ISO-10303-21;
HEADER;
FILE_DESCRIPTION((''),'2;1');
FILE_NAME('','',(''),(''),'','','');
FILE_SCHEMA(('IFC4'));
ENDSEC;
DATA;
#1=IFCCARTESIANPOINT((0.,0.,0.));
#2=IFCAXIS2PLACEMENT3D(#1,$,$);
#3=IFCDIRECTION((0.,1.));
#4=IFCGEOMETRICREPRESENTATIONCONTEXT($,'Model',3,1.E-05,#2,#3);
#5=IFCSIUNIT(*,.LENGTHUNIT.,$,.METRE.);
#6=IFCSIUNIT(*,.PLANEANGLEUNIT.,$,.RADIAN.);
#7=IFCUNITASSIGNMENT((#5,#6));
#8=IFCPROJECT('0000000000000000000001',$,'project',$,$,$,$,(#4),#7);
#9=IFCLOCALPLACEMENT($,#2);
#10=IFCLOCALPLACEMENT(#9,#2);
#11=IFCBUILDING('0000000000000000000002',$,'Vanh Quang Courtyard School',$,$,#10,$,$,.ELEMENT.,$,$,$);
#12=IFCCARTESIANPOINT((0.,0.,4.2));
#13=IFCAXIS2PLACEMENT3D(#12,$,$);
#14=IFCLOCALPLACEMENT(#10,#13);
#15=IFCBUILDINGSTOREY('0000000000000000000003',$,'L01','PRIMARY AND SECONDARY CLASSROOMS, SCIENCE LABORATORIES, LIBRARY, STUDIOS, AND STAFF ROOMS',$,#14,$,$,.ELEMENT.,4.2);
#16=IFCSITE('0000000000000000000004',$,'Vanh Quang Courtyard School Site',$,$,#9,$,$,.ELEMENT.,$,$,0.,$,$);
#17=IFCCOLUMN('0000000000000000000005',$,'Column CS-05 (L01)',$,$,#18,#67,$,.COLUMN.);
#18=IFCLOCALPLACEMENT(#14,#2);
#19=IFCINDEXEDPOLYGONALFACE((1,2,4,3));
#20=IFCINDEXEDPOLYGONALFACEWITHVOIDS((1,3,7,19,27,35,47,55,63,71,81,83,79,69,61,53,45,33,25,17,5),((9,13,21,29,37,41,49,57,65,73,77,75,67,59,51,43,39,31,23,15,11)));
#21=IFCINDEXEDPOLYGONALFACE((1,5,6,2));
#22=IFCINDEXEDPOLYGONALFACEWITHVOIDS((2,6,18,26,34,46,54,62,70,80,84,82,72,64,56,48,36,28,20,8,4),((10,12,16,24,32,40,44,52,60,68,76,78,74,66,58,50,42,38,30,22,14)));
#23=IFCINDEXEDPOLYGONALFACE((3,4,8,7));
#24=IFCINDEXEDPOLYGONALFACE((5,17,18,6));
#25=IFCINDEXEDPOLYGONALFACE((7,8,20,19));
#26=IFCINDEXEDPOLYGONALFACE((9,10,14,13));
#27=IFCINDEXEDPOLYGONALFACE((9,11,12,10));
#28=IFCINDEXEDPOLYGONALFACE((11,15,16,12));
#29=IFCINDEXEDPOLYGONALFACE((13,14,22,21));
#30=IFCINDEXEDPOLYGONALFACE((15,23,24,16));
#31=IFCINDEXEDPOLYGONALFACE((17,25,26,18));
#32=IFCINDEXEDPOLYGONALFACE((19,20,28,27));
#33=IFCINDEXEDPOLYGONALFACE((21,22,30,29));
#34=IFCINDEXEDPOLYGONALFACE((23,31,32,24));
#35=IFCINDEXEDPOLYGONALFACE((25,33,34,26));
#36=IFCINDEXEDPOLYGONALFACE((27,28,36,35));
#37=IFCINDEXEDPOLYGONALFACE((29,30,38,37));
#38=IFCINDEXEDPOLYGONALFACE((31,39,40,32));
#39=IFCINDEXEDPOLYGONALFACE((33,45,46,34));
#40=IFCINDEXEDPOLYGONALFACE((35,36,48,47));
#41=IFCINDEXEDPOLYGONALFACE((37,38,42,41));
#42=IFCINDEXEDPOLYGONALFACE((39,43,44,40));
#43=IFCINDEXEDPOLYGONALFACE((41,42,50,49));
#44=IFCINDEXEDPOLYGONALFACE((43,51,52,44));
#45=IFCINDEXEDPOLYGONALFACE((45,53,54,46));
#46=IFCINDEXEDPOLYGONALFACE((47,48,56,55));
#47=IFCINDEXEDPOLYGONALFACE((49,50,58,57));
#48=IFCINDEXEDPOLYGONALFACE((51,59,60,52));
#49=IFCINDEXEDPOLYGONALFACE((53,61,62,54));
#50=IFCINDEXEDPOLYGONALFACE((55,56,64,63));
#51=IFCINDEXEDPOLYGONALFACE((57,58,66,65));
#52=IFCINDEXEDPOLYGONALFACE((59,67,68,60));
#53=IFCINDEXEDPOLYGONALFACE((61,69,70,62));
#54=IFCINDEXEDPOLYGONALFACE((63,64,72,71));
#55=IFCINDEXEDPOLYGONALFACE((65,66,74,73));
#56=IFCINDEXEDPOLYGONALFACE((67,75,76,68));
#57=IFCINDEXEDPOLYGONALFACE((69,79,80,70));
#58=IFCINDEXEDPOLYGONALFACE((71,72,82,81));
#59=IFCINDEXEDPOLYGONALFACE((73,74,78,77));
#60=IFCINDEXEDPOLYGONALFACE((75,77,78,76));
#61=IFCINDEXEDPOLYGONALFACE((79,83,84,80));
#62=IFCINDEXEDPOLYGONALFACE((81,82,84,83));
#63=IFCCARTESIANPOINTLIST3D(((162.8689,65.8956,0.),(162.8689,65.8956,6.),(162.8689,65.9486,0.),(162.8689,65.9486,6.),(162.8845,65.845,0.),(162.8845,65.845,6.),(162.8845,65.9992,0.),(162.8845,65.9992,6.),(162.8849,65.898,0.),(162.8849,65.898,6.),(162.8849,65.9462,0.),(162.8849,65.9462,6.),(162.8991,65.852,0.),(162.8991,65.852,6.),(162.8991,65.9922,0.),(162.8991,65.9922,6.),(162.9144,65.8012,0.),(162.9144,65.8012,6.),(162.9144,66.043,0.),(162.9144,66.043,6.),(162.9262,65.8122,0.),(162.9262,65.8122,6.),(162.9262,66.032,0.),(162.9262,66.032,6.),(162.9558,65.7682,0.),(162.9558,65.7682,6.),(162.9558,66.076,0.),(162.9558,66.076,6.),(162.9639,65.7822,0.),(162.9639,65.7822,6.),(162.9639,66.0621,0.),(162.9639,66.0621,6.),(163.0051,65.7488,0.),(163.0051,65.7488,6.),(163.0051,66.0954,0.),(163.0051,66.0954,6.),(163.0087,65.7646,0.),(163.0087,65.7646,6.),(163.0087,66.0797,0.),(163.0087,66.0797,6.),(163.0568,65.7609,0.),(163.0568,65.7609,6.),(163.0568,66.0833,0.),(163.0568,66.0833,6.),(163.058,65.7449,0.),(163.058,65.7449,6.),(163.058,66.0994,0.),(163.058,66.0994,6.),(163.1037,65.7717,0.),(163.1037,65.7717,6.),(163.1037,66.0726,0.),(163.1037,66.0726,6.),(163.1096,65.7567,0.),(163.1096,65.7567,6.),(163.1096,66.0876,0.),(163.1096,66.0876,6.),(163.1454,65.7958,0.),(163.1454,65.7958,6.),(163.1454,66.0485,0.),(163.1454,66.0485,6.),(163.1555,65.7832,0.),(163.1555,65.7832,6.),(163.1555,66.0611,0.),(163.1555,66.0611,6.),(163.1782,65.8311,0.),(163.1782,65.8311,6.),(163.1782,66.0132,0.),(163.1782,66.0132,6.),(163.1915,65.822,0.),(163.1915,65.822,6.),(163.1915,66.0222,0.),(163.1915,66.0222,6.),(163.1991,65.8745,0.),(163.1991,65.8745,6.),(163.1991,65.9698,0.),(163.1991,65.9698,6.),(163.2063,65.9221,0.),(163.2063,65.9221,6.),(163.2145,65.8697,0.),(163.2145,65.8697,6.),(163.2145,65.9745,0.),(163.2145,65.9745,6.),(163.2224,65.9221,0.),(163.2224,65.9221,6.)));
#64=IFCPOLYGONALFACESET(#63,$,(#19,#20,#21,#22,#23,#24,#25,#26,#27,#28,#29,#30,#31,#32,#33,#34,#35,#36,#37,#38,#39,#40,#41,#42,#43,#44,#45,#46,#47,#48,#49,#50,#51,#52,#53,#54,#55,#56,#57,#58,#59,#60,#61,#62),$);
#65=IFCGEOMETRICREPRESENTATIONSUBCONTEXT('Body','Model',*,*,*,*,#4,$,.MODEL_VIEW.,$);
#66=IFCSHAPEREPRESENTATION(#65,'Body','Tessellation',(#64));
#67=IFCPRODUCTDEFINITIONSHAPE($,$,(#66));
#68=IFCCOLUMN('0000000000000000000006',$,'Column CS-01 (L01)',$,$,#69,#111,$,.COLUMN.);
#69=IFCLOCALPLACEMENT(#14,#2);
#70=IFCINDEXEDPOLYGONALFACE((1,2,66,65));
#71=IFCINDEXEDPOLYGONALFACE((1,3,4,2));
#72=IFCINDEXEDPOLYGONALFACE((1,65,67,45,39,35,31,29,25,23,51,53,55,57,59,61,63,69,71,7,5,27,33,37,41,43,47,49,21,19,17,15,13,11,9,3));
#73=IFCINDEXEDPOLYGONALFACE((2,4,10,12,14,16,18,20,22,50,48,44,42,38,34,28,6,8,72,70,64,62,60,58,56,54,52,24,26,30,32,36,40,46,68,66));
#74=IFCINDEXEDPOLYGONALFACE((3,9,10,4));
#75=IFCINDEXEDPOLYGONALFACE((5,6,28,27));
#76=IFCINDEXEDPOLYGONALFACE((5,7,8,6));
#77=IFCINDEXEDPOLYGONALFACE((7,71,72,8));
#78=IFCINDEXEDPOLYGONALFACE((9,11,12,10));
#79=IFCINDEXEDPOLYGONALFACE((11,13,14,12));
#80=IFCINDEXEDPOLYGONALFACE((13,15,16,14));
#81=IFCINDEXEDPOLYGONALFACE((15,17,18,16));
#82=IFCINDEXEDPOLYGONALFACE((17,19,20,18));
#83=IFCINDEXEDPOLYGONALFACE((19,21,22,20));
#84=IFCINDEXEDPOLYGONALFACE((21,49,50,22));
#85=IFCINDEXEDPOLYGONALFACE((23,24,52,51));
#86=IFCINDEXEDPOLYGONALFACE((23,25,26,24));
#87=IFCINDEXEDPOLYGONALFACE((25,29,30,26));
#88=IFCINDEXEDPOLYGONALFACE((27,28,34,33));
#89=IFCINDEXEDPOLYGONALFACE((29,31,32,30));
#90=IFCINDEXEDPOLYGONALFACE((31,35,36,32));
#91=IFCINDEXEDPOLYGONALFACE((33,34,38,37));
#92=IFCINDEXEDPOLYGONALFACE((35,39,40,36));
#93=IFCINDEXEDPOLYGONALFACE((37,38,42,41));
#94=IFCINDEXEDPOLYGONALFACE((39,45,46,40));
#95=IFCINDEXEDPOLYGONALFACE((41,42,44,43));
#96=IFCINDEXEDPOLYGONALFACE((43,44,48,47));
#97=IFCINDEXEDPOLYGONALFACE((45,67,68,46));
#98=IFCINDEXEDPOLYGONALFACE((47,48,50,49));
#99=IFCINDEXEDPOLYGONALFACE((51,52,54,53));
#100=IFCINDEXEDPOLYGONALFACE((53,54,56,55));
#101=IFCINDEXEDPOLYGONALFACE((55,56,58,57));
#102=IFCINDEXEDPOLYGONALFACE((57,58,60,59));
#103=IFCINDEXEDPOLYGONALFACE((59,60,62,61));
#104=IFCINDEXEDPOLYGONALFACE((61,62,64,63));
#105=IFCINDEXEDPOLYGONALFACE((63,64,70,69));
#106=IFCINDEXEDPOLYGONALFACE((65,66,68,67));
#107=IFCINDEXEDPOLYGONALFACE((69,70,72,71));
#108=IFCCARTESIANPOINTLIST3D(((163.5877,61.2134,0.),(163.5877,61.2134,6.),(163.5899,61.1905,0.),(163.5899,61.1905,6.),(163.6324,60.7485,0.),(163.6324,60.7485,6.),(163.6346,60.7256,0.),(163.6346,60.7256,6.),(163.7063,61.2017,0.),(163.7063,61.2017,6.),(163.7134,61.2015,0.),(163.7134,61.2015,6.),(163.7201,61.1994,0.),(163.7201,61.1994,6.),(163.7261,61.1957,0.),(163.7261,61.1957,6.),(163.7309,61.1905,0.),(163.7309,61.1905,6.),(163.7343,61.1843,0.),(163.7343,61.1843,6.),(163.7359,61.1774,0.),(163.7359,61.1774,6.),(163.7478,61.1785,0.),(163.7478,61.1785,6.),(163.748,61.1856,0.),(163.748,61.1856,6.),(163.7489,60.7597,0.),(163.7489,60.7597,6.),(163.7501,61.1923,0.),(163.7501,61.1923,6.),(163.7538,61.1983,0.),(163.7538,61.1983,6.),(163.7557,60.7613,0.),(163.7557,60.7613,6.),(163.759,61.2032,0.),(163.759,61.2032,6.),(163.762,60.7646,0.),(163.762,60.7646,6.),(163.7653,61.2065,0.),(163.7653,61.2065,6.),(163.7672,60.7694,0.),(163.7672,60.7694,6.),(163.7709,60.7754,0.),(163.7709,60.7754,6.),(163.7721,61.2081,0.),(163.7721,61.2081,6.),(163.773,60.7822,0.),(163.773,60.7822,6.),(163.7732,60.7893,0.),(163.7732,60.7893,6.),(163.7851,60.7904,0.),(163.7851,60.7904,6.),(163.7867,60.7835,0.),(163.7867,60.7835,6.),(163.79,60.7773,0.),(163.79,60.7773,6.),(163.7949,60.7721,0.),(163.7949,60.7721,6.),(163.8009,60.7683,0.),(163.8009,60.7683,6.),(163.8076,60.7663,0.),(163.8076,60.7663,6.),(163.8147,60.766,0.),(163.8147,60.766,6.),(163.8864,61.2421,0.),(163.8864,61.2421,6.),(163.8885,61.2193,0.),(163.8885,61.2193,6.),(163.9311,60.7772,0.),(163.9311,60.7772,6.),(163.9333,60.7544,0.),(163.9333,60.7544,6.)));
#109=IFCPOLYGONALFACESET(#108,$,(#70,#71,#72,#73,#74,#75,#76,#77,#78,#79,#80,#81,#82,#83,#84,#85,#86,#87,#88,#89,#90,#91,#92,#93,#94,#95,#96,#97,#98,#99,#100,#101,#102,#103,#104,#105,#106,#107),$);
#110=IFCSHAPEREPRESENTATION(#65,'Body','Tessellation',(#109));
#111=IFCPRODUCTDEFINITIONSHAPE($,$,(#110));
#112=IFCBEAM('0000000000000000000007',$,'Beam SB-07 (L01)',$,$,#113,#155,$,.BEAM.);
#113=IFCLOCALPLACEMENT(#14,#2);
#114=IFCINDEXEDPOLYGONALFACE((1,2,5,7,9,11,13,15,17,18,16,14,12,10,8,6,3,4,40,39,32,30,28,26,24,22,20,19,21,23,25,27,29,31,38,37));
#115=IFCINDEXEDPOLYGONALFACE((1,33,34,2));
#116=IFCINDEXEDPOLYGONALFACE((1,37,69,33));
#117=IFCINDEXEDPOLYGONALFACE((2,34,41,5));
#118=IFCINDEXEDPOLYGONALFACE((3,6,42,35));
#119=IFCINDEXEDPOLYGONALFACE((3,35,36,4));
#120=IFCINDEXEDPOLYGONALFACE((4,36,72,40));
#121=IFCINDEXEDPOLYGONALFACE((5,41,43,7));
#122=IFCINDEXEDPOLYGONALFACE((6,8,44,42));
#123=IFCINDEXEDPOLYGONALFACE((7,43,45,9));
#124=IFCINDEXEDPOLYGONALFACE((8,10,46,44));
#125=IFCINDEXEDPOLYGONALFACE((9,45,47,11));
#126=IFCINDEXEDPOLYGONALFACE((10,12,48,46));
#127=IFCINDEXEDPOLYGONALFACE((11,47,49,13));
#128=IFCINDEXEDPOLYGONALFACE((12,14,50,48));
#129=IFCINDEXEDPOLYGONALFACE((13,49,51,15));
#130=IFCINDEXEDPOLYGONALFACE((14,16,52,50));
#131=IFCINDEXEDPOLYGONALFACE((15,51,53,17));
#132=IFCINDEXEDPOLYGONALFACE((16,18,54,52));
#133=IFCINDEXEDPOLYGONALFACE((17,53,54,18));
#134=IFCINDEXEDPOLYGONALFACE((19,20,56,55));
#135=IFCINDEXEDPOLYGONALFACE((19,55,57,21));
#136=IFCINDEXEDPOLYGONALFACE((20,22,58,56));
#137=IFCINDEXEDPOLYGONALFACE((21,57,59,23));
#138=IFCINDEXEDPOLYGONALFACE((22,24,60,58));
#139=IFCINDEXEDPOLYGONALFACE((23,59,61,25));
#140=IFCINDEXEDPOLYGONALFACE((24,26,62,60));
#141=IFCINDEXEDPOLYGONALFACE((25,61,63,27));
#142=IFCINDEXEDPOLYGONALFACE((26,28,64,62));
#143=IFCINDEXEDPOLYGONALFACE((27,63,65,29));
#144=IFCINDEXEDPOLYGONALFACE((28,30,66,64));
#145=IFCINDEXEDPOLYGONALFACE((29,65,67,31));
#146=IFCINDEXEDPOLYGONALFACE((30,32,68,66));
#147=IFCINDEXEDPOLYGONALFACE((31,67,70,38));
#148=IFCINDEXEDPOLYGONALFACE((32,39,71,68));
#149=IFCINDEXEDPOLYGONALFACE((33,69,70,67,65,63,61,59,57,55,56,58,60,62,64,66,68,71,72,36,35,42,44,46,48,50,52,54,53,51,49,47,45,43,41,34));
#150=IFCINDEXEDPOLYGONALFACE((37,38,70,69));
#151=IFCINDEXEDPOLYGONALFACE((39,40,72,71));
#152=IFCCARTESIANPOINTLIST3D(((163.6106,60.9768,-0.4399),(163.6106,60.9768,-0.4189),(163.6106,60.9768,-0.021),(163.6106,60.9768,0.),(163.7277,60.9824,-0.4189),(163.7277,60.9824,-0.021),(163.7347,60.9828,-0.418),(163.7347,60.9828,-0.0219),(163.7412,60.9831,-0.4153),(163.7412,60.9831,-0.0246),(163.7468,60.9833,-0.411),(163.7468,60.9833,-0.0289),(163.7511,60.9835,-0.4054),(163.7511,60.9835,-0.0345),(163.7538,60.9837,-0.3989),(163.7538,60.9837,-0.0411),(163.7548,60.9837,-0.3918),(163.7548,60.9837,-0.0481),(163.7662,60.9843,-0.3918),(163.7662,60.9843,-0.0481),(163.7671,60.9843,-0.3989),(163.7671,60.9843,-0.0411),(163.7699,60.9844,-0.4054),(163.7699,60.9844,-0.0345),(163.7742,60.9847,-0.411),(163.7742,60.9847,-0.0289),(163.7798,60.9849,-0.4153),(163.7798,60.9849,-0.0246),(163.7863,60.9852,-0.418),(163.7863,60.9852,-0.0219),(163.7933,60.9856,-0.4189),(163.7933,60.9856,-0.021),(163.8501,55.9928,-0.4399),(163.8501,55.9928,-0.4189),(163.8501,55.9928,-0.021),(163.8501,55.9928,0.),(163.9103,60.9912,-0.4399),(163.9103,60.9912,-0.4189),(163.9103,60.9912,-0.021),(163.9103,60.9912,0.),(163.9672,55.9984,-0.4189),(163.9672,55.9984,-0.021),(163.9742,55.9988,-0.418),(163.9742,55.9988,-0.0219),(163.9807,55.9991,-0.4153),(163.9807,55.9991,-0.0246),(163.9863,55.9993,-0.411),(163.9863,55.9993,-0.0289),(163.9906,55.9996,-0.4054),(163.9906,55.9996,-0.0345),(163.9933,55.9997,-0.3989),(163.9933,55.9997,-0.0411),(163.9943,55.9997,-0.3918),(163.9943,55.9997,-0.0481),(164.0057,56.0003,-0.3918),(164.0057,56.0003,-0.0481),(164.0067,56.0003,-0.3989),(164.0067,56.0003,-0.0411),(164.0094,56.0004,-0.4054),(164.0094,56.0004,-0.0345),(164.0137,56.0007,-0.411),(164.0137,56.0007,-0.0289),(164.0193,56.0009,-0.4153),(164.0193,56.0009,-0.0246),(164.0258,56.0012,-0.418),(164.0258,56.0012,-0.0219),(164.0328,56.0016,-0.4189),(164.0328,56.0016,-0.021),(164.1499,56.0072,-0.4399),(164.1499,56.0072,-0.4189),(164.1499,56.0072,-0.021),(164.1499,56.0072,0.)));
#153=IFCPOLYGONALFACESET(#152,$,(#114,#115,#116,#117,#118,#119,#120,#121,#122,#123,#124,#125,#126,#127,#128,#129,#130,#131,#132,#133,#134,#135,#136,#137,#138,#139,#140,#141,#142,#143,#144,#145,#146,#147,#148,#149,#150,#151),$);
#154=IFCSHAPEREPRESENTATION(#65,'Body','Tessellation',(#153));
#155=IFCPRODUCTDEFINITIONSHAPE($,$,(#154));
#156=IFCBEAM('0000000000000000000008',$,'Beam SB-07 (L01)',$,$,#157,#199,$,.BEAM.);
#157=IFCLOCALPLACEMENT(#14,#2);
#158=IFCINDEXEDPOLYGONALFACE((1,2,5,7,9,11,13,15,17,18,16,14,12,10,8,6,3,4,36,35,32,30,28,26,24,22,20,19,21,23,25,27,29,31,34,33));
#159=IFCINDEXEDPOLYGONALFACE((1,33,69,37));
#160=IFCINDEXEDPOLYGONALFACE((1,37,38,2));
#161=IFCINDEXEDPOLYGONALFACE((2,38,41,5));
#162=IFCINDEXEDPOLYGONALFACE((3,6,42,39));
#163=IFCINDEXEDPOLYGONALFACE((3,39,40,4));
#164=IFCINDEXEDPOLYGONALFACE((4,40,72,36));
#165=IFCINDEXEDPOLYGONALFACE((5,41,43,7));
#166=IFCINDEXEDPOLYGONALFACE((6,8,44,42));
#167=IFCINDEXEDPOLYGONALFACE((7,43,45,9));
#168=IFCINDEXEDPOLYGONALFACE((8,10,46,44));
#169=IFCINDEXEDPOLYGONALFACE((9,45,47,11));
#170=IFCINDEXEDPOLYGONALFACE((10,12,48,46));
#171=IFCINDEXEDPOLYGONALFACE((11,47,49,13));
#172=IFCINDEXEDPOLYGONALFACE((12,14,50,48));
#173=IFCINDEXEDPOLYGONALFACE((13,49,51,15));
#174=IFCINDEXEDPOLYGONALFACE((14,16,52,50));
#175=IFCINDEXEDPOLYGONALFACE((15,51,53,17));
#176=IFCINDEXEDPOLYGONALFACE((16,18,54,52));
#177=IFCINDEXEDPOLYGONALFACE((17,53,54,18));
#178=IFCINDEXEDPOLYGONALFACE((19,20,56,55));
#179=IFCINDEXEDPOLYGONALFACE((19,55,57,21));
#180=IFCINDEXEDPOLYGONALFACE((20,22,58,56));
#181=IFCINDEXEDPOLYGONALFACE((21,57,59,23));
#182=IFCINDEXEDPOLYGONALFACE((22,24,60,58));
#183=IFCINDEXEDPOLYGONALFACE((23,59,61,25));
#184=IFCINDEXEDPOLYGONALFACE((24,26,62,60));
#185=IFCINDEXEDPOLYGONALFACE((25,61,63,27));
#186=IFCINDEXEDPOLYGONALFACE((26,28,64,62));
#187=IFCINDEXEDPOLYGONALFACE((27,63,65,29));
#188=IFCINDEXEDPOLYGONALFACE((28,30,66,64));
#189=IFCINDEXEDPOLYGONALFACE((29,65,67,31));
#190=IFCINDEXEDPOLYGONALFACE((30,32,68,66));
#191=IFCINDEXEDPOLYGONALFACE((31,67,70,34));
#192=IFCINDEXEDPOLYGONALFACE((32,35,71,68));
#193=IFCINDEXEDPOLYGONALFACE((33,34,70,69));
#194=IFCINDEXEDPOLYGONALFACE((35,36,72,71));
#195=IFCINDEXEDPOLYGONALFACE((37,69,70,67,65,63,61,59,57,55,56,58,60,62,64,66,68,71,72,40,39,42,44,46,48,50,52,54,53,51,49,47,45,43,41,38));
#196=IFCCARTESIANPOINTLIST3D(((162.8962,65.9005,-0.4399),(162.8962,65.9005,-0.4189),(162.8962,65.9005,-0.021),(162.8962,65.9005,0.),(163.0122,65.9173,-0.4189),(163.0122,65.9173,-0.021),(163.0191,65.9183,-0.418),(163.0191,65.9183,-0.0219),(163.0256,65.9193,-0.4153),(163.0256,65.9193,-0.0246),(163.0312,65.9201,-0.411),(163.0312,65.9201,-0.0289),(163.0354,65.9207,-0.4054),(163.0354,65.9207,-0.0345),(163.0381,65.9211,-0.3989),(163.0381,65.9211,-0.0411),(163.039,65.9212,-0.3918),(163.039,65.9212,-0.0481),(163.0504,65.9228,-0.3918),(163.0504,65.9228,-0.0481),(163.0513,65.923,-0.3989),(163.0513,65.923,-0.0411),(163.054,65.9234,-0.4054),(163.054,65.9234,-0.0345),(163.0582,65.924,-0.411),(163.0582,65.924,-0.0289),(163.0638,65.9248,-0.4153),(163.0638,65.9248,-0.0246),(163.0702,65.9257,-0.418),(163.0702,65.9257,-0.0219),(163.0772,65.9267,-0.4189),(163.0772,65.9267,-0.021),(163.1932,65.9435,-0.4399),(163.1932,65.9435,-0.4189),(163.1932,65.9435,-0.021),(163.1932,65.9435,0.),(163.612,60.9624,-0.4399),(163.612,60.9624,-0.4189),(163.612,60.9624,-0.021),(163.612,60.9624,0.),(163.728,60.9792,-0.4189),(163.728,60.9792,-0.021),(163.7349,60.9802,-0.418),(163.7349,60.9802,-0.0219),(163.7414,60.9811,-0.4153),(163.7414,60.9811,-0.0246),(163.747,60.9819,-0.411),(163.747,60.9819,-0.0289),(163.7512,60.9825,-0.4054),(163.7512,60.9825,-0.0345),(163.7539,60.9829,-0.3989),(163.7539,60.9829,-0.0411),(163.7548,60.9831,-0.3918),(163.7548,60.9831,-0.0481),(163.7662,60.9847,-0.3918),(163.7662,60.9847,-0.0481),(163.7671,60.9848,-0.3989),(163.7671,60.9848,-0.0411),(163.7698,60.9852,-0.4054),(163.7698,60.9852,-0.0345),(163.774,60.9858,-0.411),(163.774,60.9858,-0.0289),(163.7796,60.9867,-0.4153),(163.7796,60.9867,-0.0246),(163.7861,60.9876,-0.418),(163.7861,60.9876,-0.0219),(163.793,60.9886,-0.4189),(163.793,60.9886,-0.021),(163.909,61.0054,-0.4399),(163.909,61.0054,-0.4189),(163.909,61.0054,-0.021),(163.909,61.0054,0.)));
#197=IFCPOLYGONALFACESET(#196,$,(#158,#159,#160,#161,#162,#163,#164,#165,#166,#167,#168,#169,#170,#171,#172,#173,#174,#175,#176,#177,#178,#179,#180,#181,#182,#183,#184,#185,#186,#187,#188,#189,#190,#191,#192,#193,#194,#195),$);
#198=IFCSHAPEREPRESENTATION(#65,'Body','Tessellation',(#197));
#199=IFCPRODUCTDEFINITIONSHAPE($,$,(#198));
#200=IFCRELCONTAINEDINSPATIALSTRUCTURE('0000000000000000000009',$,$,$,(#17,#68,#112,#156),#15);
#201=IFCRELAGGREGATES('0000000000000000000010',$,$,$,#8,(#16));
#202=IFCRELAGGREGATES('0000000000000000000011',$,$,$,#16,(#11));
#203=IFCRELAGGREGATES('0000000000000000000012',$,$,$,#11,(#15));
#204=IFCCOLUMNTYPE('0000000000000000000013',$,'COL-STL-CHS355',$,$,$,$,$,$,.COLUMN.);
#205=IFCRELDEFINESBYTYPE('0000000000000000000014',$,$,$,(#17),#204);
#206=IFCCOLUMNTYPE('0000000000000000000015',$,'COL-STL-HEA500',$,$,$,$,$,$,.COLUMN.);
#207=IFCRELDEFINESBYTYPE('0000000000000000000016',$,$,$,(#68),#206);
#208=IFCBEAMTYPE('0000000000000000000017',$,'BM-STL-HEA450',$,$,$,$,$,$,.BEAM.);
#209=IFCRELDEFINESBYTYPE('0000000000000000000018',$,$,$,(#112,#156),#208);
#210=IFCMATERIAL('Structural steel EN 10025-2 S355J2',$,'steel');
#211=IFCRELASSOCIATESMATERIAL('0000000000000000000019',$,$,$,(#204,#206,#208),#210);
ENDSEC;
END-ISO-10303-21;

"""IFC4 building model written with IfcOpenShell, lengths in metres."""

from ifc_helpers import new_model, si_unit, direction, frame, origin, origin_2d, place, context, subcontext, project, spatial, hollow_circle, i_section, extrude, material, material_profile, profile_set, type_object, element, save


model = new_model("IFC4")

# Units and contexts
model_context = context("Model", 3, precision=1e-05, world=origin(), true_north=direction((0.0, 1.0)))
body_context = subcontext(model_context, "Body", "Model", "MODEL_VIEW")
ifc_project = project(units=[si_unit("LENGTHUNIT", "METRE"), si_unit("PLANEANGLEUNIT", "RADIAN")], contexts=[model_context])

# Site, building, storey
site_placement = place(None, origin())
site = spatial("IfcSite", under=ifc_project, at=site_placement, Name="Vanh Quang Courtyard School Site", CompositionType="ELEMENT", RefElevation=0.0)
building_placement = place(site_placement, origin())
building = spatial("IfcBuilding", under=site, at=building_placement, Name="Vanh Quang Courtyard School", CompositionType="ELEMENT")
storey_placement = place(building_placement, frame((0.0, 0.0, 4.2)))
storey = spatial("IfcBuildingStorey", under=building, at=storey_placement, Name="L01", Description="PRIMARY AND SECONDARY CLASSROOMS, SCIENCE LABORATORIES, LIBRARY, STUDIOS, AND STAFF ROOMS", CompositionType="ELEMENT", Elevation=4.2)

# Columns
ifc_material_1 = material(Name="Structural steel EN 10025-2 S355J2", Category="steel")
ifc_material_profile_1 = material_profile(ifc_material_1, hollow_circle(Radius=0.1777, WallThickness=0.0161, at=origin_2d()), Name="CHS 355.6x16")
ifc_profile_set_1 = profile_set([ifc_material_profile_1], Name="Structural steel EN 10025-2 S355J2")
column_type_1 = type_object("IfcColumnType", Name="COL-STL-CHS355", PredefinedType="COLUMN", material=ifc_profile_set_1)
column_1_placement = place(storey_placement, frame((163.0447, 65.9221, 0.0), z_axis=(0.0, 0.0, 1.0), x_axis=(1.0, 0.0, 0.0)))
element("IfcColumn", 1, at=column_1_placement, inside=storey, type_object=column_type_1, Name="Column CS-05 (L01)", PredefinedType="COLUMN", context=body_context, shape_type="SweptSolid", body=[
    extrude(hollow_circle(Radius=0.1777, WallThickness=0.0161, at=origin_2d()), origin(), (0.0, 0.0, 1.0), 6.0),
])
ifc_material_profile_2 = material_profile(ifc_material_1, i_section(OverallWidth=0.3, OverallDepth=0.49, WebThickness=0.012, FlangeThickness=0.0229, FilletRadius=0.0271, at=origin_2d()), Name="HEA 500")
ifc_profile_set_2 = profile_set([ifc_material_profile_2], Name="Structural steel EN 10025-2 S355J2")
column_type_2 = type_object("IfcColumnType", Name="COL-STL-HEA500", PredefinedType="COLUMN", material=ifc_profile_set_2)
column_2_placement = place(storey_placement, frame((163.7605, 60.9839, 0.0), z_axis=(0.0, 0.0, 1.0), x_axis=(0.995396, 0.095846, 0.0)))
element("IfcColumn", 2, at=column_2_placement, inside=storey, type_object=column_type_2, Name="Column CS-01 (L01)", PredefinedType="COLUMN", context=body_context, shape_type="SweptSolid", body=[
    extrude(i_section(OverallWidth=0.3, OverallDepth=0.49, WebThickness=0.012, FlangeThickness=0.0229, FilletRadius=0.0271, at=origin_2d()), origin(), (0.0, 0.0, 1.0), 6.0),
])

# Beams
ifc_material_profile_3 = material_profile(ifc_material_1, i_section(OverallWidth=0.3, OverallDepth=0.4399, WebThickness=0.0115, FlangeThickness=0.021, FilletRadius=0.0271, at=origin_2d()), Name="HEA 450")
ifc_profile_set_3 = profile_set([ifc_material_profile_3], Name="Structural steel EN 10025-2 S355J2")
beam_type_1 = type_object("IfcBeamType", Name="BM-STL-HEA450", PredefinedType="BEAM", material=ifc_profile_set_3)
for number, where, z_axis, x_axis, name in (
    (3, (164.0, 56.0, -0.22), (-0.048, 0.998847, 0.0), (-0.998847, -0.048, 0.0), "Beam SB-07 (L01)"),
    (4, (163.7605, 60.9839, -0.22), (-0.143455, 0.989657, 0.0), (-0.989657, -0.143455, 0.0), "Beam SB-07 (L01)"),
):
    element("IfcBeam", number, at=place(storey_placement, frame(where, z_axis=z_axis, x_axis=x_axis)), inside=storey, type_object=beam_type_1, Name=name, PredefinedType="BEAM", context=body_context, shape_type="SweptSolid", body=[
        extrude(i_section(OverallWidth=0.3, OverallDepth=0.4399, WebThickness=0.0115, FlangeThickness=0.021, FilletRadius=0.0271, at=origin_2d()), origin(), (0.0, 0.0, 1.0), 4.9897),
    ])

save(model, "model.ifc")
